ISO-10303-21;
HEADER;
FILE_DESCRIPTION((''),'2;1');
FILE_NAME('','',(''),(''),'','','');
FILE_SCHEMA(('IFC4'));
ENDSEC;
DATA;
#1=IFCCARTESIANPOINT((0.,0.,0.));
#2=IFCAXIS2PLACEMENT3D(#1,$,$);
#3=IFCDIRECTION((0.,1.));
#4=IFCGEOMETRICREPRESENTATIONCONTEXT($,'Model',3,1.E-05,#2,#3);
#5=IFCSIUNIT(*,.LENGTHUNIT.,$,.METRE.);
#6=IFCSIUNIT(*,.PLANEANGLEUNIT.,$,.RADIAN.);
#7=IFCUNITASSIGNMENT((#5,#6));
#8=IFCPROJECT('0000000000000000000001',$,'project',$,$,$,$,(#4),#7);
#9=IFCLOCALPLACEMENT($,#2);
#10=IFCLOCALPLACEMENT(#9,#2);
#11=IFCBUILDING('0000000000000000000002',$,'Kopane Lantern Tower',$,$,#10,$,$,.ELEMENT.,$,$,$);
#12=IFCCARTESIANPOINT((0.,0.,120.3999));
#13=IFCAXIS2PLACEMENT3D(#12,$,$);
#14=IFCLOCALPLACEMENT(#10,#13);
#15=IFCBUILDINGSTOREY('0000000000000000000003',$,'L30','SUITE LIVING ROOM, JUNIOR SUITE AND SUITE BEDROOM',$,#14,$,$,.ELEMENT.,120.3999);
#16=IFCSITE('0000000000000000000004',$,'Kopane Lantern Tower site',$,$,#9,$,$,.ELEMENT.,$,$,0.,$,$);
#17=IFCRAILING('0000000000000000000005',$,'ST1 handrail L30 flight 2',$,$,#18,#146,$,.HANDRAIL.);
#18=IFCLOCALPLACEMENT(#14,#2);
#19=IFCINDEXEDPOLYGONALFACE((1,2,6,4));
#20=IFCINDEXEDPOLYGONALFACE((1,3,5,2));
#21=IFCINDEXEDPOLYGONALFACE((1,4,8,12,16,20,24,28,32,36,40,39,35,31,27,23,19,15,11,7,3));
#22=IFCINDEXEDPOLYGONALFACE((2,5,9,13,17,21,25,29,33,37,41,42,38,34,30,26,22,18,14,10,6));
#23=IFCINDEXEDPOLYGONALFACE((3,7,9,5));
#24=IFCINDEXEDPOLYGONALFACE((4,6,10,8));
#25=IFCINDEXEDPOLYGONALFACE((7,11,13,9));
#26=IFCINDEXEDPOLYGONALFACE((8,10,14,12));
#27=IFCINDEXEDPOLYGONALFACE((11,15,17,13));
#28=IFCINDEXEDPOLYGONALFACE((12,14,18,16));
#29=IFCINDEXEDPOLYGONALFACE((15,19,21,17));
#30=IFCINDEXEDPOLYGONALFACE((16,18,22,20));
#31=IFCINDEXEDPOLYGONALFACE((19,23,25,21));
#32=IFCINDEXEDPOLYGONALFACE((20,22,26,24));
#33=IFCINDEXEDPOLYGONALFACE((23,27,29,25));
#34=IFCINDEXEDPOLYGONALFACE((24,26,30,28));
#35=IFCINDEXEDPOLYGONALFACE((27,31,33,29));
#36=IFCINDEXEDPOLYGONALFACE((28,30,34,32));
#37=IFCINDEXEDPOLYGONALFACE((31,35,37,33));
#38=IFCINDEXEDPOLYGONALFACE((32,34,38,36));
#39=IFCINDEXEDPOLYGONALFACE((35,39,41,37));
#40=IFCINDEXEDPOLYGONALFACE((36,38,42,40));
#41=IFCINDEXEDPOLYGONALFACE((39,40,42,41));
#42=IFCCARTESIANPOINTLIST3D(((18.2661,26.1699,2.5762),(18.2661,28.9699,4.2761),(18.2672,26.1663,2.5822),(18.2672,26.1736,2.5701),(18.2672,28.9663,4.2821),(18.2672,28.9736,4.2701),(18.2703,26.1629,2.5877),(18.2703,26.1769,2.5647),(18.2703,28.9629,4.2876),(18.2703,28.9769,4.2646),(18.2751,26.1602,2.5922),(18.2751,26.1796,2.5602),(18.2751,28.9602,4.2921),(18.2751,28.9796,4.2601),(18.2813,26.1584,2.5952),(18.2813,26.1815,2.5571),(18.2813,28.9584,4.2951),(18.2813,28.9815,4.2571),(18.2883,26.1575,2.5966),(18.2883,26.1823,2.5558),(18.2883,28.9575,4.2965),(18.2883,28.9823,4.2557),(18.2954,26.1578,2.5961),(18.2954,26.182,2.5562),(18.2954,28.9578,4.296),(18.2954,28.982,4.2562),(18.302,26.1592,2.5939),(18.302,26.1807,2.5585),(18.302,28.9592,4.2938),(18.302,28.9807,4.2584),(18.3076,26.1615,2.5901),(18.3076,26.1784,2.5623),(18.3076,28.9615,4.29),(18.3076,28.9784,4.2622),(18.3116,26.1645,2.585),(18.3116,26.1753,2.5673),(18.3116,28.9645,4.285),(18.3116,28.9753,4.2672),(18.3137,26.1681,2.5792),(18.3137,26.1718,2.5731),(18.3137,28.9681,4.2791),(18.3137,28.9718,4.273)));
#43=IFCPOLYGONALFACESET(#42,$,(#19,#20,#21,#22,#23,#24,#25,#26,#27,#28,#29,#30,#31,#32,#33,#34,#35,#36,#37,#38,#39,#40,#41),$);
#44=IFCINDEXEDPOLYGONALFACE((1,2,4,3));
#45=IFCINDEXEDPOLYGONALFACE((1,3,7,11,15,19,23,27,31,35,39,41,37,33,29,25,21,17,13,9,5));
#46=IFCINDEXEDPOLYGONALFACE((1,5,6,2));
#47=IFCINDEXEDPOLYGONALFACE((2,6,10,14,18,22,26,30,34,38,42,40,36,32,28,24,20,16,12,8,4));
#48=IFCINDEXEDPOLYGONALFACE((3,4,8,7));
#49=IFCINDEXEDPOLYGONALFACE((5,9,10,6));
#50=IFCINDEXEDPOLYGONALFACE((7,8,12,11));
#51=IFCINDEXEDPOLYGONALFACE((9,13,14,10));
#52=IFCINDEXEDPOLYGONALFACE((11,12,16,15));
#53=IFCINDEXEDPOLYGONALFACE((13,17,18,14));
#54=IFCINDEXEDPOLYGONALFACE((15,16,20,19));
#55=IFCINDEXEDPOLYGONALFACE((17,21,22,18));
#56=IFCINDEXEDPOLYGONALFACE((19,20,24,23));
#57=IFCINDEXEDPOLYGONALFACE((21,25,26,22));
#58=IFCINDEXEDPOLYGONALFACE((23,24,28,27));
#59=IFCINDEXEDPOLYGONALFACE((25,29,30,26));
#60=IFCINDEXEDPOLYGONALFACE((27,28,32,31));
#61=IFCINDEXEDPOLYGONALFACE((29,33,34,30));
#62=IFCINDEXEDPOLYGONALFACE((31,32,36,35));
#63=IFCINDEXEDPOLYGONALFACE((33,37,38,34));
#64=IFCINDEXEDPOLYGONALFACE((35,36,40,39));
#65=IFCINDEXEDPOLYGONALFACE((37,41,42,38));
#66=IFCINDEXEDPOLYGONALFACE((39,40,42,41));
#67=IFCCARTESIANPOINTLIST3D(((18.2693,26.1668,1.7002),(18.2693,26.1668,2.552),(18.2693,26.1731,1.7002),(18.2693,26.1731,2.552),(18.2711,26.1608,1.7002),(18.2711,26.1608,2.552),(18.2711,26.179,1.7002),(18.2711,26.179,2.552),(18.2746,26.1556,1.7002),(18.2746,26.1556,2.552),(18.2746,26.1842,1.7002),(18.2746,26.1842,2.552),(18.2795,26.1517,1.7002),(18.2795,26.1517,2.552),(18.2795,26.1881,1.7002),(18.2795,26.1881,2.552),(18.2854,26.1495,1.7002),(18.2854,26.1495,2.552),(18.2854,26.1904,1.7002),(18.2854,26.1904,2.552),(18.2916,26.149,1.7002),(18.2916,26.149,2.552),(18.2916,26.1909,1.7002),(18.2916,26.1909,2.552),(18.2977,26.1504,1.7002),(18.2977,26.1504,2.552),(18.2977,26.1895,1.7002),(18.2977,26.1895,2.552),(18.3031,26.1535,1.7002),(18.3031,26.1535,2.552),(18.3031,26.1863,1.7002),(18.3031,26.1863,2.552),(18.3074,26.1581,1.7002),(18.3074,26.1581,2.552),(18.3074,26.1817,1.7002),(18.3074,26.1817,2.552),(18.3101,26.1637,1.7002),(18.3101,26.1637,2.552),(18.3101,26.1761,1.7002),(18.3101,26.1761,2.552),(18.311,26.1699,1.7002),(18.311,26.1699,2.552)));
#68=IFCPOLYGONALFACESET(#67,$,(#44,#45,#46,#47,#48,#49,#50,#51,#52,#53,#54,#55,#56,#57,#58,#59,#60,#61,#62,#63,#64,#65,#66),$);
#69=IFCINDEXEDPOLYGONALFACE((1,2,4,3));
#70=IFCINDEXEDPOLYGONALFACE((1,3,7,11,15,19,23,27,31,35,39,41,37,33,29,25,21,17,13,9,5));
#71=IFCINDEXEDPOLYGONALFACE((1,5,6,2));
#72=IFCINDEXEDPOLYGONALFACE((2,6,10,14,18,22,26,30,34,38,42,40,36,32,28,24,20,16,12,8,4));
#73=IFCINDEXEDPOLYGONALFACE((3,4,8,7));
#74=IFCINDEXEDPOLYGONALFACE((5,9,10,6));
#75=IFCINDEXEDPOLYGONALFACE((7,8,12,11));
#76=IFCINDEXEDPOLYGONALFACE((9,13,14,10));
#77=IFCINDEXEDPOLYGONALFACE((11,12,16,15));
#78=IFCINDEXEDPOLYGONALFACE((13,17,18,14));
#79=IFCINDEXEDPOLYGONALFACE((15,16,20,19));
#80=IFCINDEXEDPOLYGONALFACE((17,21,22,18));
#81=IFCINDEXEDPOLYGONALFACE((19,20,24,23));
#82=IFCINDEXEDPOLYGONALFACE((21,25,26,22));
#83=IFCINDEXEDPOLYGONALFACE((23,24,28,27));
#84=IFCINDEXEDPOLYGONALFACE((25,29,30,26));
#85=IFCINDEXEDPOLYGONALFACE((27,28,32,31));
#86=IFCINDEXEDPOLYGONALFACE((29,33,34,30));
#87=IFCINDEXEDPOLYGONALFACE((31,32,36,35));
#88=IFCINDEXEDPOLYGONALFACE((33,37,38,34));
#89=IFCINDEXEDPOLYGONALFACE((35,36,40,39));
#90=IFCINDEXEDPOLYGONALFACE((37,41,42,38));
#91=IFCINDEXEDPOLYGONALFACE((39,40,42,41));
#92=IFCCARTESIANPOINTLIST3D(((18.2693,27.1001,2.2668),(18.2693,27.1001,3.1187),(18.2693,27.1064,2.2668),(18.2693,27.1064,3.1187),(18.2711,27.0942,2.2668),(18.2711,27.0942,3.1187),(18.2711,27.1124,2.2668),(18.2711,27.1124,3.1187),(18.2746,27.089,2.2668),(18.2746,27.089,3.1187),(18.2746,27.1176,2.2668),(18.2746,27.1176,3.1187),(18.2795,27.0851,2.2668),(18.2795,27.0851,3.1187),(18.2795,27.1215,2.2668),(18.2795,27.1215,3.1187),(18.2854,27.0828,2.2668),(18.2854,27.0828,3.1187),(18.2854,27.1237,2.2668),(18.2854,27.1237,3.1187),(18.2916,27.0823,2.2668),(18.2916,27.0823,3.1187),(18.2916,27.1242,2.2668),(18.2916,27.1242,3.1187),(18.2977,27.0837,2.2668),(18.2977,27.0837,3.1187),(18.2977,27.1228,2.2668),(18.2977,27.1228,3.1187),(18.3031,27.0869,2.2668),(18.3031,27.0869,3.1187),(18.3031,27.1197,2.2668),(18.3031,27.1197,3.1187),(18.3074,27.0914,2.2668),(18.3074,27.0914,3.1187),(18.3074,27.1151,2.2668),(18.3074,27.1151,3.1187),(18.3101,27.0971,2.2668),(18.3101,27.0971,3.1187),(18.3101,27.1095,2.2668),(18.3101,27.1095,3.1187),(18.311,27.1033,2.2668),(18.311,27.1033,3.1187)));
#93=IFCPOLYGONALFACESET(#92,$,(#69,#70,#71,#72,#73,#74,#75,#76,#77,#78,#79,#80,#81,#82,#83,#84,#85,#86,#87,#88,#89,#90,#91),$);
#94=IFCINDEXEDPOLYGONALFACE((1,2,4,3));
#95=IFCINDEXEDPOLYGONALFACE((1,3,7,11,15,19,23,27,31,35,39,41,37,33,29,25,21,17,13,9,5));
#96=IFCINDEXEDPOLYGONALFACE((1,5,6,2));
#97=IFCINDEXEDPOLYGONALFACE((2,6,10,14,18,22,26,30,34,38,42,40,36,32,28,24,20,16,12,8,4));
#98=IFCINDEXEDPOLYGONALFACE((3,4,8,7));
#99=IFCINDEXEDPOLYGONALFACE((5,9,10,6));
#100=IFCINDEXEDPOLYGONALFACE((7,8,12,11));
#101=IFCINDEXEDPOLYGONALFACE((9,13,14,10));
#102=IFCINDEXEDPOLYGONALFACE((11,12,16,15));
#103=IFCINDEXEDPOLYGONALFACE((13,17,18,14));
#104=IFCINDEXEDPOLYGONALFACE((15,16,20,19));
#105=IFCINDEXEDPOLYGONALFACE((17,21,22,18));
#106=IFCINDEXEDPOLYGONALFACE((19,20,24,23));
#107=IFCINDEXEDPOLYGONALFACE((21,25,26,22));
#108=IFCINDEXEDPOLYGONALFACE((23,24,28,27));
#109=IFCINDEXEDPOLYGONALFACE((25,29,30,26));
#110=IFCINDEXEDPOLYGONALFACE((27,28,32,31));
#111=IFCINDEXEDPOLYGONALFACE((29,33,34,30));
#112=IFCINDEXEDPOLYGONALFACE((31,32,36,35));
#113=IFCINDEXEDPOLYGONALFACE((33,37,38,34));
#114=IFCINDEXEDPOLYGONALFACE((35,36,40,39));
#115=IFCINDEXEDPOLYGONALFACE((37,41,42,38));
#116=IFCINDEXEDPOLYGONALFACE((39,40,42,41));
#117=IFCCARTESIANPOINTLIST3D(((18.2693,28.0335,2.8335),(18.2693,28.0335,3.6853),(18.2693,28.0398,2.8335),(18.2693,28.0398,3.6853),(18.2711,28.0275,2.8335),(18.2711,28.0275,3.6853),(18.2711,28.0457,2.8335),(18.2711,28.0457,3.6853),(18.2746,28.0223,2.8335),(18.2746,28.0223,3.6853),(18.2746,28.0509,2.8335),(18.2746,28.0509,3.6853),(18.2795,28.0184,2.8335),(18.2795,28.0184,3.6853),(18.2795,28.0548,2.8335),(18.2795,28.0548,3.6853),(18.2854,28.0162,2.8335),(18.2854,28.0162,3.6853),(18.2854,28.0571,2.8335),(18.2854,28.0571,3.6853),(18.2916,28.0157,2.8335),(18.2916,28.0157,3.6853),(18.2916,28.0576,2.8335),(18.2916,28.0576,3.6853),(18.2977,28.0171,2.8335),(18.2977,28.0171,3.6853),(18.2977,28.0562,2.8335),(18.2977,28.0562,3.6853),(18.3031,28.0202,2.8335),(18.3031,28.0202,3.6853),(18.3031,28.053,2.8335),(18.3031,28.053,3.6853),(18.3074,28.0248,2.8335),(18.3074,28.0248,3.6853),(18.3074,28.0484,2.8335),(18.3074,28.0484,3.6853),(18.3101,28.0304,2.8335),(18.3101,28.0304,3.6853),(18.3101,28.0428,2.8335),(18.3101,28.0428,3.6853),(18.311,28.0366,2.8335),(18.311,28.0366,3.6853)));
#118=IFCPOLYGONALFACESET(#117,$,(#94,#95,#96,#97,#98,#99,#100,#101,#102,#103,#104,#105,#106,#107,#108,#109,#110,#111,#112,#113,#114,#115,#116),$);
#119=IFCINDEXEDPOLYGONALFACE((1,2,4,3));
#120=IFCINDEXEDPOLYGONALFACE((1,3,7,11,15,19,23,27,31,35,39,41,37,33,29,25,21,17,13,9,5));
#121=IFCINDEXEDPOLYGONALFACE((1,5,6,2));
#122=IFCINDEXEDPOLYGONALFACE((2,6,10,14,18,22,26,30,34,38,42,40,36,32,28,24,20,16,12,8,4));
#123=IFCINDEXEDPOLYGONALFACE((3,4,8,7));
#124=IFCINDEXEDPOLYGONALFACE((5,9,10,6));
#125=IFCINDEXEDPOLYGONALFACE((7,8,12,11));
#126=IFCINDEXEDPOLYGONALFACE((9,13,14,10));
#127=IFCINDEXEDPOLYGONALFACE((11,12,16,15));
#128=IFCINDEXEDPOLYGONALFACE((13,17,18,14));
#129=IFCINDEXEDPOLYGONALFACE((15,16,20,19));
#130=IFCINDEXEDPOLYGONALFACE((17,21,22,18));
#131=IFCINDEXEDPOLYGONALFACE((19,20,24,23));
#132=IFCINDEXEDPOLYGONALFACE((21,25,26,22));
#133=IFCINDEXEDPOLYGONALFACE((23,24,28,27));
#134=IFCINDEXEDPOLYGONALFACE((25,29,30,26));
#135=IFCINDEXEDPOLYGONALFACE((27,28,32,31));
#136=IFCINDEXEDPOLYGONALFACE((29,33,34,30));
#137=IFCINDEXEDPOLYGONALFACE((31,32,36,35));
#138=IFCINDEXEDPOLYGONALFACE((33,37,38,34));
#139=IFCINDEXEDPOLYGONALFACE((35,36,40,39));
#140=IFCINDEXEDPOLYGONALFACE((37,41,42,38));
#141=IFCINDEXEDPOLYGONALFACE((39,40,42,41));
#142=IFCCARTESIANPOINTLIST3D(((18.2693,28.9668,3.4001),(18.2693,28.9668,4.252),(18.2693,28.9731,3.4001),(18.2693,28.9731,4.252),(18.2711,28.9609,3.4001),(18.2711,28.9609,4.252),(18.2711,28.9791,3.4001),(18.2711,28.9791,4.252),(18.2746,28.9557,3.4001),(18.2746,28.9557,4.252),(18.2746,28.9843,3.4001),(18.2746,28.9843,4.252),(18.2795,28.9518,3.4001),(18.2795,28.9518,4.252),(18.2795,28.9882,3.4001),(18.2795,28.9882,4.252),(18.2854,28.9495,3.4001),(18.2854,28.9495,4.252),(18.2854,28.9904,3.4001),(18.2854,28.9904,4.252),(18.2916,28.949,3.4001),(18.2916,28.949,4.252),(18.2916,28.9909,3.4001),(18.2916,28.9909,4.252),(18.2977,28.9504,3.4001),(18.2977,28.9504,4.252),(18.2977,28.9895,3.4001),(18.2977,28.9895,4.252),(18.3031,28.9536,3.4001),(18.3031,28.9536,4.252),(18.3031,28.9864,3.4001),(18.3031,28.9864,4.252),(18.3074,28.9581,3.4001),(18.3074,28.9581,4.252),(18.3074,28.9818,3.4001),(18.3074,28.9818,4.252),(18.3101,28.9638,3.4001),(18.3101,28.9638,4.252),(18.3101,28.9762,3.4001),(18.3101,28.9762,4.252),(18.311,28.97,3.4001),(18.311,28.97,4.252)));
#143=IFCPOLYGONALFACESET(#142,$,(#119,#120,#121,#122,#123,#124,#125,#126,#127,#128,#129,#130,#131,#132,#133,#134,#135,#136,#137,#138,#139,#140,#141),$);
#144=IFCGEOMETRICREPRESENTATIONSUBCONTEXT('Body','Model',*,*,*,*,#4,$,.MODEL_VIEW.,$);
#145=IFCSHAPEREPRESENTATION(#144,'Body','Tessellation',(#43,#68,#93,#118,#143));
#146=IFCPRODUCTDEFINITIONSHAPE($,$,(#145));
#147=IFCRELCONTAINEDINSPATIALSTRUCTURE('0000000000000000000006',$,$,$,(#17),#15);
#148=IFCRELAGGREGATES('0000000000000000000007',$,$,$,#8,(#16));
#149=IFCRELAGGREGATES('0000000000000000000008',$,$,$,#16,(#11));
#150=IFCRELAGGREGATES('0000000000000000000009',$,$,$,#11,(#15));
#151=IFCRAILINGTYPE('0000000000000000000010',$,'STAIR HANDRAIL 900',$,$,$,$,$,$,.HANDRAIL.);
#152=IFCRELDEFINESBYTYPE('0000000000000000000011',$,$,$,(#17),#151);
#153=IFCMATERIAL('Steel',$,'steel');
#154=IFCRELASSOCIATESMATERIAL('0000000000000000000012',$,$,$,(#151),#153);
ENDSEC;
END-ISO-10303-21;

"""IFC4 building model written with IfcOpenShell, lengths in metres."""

from ifc_helpers import new_model, si_unit, direction, frame, origin, origin_2d, place, context, subcontext, project, spatial, circle, extrude, material, type_object, element, save


model = new_model("IFC4")

# Units and contexts
model_context = context("Model", 3, precision=1e-05, world=origin(), true_north=direction((0.0, 1.0)))
body_context = subcontext(model_context, "Body", "Model", "MODEL_VIEW")
ifc_project = project(units=[si_unit("LENGTHUNIT", "METRE"), si_unit("PLANEANGLEUNIT", "RADIAN")], contexts=[model_context])

# Site, building, storey
site_placement = place(None, origin())
site = spatial("IfcSite", under=ifc_project, at=site_placement, Name="Kopane Lantern Tower site", CompositionType="ELEMENT", RefElevation=0.0)
building_placement = place(site_placement, origin())
building = spatial("IfcBuilding", under=site, at=building_placement, Name="Kopane Lantern Tower", CompositionType="ELEMENT")
storey_placement = place(building_placement, frame((0.0, 0.0, 120.3999)))
storey = spatial("IfcBuildingStorey", under=building, at=storey_placement, Name="L30", Description="SUITE LIVING ROOM, JUNIOR SUITE AND SUITE BEDROOM", CompositionType="ELEMENT", Elevation=120.3999)

# Railing
ifc_material_1 = material(Name="Steel", Category="steel")
railing_type = type_object("IfcRailingType", Name="STAIR HANDRAIL 900", PredefinedType="HANDRAIL", material=ifc_material_1)
for number, where, name in (
    (1, (18.29, 26.1699, 1.7002), "ST1 handrail L30 flight 2"),
):
    element("IfcRailing", number, at=place(storey_placement, frame(where)), inside=storey, type_object=railing_type, Name=name, PredefinedType="HANDRAIL", context=body_context, shape_type="SweptSolid", body=[
        extrude(circle(Radius=0.0239, at=origin_2d()), frame((0.0, 0.0, 0.876), z_axis=(0.0, 0.854798, 0.518961), x_axis=(-1.0, 0.0, 0.0)), (0.0, 0.0, 1.0), 3.2756),
        extrude(circle(Radius=0.021, at=origin_2d()), origin(), (0.0, 0.0, 1.0), 0.8518),
        extrude(circle(Radius=0.021, at=origin_2d()), frame((0.0, 0.9333, 0.5667)), (0.0, 0.0, 1.0), 0.8518),
        extrude(circle(Radius=0.021, at=origin_2d()), frame((0.0, 1.8667, 1.1333)), (0.0, 0.0, 1.0), 0.8518),
        extrude(circle(Radius=0.021, at=origin_2d()), frame((0.0, 2.8, 1.7)), (0.0, 0.0, 1.0), 0.8518),
    ])

save(model, "model.ifc")
